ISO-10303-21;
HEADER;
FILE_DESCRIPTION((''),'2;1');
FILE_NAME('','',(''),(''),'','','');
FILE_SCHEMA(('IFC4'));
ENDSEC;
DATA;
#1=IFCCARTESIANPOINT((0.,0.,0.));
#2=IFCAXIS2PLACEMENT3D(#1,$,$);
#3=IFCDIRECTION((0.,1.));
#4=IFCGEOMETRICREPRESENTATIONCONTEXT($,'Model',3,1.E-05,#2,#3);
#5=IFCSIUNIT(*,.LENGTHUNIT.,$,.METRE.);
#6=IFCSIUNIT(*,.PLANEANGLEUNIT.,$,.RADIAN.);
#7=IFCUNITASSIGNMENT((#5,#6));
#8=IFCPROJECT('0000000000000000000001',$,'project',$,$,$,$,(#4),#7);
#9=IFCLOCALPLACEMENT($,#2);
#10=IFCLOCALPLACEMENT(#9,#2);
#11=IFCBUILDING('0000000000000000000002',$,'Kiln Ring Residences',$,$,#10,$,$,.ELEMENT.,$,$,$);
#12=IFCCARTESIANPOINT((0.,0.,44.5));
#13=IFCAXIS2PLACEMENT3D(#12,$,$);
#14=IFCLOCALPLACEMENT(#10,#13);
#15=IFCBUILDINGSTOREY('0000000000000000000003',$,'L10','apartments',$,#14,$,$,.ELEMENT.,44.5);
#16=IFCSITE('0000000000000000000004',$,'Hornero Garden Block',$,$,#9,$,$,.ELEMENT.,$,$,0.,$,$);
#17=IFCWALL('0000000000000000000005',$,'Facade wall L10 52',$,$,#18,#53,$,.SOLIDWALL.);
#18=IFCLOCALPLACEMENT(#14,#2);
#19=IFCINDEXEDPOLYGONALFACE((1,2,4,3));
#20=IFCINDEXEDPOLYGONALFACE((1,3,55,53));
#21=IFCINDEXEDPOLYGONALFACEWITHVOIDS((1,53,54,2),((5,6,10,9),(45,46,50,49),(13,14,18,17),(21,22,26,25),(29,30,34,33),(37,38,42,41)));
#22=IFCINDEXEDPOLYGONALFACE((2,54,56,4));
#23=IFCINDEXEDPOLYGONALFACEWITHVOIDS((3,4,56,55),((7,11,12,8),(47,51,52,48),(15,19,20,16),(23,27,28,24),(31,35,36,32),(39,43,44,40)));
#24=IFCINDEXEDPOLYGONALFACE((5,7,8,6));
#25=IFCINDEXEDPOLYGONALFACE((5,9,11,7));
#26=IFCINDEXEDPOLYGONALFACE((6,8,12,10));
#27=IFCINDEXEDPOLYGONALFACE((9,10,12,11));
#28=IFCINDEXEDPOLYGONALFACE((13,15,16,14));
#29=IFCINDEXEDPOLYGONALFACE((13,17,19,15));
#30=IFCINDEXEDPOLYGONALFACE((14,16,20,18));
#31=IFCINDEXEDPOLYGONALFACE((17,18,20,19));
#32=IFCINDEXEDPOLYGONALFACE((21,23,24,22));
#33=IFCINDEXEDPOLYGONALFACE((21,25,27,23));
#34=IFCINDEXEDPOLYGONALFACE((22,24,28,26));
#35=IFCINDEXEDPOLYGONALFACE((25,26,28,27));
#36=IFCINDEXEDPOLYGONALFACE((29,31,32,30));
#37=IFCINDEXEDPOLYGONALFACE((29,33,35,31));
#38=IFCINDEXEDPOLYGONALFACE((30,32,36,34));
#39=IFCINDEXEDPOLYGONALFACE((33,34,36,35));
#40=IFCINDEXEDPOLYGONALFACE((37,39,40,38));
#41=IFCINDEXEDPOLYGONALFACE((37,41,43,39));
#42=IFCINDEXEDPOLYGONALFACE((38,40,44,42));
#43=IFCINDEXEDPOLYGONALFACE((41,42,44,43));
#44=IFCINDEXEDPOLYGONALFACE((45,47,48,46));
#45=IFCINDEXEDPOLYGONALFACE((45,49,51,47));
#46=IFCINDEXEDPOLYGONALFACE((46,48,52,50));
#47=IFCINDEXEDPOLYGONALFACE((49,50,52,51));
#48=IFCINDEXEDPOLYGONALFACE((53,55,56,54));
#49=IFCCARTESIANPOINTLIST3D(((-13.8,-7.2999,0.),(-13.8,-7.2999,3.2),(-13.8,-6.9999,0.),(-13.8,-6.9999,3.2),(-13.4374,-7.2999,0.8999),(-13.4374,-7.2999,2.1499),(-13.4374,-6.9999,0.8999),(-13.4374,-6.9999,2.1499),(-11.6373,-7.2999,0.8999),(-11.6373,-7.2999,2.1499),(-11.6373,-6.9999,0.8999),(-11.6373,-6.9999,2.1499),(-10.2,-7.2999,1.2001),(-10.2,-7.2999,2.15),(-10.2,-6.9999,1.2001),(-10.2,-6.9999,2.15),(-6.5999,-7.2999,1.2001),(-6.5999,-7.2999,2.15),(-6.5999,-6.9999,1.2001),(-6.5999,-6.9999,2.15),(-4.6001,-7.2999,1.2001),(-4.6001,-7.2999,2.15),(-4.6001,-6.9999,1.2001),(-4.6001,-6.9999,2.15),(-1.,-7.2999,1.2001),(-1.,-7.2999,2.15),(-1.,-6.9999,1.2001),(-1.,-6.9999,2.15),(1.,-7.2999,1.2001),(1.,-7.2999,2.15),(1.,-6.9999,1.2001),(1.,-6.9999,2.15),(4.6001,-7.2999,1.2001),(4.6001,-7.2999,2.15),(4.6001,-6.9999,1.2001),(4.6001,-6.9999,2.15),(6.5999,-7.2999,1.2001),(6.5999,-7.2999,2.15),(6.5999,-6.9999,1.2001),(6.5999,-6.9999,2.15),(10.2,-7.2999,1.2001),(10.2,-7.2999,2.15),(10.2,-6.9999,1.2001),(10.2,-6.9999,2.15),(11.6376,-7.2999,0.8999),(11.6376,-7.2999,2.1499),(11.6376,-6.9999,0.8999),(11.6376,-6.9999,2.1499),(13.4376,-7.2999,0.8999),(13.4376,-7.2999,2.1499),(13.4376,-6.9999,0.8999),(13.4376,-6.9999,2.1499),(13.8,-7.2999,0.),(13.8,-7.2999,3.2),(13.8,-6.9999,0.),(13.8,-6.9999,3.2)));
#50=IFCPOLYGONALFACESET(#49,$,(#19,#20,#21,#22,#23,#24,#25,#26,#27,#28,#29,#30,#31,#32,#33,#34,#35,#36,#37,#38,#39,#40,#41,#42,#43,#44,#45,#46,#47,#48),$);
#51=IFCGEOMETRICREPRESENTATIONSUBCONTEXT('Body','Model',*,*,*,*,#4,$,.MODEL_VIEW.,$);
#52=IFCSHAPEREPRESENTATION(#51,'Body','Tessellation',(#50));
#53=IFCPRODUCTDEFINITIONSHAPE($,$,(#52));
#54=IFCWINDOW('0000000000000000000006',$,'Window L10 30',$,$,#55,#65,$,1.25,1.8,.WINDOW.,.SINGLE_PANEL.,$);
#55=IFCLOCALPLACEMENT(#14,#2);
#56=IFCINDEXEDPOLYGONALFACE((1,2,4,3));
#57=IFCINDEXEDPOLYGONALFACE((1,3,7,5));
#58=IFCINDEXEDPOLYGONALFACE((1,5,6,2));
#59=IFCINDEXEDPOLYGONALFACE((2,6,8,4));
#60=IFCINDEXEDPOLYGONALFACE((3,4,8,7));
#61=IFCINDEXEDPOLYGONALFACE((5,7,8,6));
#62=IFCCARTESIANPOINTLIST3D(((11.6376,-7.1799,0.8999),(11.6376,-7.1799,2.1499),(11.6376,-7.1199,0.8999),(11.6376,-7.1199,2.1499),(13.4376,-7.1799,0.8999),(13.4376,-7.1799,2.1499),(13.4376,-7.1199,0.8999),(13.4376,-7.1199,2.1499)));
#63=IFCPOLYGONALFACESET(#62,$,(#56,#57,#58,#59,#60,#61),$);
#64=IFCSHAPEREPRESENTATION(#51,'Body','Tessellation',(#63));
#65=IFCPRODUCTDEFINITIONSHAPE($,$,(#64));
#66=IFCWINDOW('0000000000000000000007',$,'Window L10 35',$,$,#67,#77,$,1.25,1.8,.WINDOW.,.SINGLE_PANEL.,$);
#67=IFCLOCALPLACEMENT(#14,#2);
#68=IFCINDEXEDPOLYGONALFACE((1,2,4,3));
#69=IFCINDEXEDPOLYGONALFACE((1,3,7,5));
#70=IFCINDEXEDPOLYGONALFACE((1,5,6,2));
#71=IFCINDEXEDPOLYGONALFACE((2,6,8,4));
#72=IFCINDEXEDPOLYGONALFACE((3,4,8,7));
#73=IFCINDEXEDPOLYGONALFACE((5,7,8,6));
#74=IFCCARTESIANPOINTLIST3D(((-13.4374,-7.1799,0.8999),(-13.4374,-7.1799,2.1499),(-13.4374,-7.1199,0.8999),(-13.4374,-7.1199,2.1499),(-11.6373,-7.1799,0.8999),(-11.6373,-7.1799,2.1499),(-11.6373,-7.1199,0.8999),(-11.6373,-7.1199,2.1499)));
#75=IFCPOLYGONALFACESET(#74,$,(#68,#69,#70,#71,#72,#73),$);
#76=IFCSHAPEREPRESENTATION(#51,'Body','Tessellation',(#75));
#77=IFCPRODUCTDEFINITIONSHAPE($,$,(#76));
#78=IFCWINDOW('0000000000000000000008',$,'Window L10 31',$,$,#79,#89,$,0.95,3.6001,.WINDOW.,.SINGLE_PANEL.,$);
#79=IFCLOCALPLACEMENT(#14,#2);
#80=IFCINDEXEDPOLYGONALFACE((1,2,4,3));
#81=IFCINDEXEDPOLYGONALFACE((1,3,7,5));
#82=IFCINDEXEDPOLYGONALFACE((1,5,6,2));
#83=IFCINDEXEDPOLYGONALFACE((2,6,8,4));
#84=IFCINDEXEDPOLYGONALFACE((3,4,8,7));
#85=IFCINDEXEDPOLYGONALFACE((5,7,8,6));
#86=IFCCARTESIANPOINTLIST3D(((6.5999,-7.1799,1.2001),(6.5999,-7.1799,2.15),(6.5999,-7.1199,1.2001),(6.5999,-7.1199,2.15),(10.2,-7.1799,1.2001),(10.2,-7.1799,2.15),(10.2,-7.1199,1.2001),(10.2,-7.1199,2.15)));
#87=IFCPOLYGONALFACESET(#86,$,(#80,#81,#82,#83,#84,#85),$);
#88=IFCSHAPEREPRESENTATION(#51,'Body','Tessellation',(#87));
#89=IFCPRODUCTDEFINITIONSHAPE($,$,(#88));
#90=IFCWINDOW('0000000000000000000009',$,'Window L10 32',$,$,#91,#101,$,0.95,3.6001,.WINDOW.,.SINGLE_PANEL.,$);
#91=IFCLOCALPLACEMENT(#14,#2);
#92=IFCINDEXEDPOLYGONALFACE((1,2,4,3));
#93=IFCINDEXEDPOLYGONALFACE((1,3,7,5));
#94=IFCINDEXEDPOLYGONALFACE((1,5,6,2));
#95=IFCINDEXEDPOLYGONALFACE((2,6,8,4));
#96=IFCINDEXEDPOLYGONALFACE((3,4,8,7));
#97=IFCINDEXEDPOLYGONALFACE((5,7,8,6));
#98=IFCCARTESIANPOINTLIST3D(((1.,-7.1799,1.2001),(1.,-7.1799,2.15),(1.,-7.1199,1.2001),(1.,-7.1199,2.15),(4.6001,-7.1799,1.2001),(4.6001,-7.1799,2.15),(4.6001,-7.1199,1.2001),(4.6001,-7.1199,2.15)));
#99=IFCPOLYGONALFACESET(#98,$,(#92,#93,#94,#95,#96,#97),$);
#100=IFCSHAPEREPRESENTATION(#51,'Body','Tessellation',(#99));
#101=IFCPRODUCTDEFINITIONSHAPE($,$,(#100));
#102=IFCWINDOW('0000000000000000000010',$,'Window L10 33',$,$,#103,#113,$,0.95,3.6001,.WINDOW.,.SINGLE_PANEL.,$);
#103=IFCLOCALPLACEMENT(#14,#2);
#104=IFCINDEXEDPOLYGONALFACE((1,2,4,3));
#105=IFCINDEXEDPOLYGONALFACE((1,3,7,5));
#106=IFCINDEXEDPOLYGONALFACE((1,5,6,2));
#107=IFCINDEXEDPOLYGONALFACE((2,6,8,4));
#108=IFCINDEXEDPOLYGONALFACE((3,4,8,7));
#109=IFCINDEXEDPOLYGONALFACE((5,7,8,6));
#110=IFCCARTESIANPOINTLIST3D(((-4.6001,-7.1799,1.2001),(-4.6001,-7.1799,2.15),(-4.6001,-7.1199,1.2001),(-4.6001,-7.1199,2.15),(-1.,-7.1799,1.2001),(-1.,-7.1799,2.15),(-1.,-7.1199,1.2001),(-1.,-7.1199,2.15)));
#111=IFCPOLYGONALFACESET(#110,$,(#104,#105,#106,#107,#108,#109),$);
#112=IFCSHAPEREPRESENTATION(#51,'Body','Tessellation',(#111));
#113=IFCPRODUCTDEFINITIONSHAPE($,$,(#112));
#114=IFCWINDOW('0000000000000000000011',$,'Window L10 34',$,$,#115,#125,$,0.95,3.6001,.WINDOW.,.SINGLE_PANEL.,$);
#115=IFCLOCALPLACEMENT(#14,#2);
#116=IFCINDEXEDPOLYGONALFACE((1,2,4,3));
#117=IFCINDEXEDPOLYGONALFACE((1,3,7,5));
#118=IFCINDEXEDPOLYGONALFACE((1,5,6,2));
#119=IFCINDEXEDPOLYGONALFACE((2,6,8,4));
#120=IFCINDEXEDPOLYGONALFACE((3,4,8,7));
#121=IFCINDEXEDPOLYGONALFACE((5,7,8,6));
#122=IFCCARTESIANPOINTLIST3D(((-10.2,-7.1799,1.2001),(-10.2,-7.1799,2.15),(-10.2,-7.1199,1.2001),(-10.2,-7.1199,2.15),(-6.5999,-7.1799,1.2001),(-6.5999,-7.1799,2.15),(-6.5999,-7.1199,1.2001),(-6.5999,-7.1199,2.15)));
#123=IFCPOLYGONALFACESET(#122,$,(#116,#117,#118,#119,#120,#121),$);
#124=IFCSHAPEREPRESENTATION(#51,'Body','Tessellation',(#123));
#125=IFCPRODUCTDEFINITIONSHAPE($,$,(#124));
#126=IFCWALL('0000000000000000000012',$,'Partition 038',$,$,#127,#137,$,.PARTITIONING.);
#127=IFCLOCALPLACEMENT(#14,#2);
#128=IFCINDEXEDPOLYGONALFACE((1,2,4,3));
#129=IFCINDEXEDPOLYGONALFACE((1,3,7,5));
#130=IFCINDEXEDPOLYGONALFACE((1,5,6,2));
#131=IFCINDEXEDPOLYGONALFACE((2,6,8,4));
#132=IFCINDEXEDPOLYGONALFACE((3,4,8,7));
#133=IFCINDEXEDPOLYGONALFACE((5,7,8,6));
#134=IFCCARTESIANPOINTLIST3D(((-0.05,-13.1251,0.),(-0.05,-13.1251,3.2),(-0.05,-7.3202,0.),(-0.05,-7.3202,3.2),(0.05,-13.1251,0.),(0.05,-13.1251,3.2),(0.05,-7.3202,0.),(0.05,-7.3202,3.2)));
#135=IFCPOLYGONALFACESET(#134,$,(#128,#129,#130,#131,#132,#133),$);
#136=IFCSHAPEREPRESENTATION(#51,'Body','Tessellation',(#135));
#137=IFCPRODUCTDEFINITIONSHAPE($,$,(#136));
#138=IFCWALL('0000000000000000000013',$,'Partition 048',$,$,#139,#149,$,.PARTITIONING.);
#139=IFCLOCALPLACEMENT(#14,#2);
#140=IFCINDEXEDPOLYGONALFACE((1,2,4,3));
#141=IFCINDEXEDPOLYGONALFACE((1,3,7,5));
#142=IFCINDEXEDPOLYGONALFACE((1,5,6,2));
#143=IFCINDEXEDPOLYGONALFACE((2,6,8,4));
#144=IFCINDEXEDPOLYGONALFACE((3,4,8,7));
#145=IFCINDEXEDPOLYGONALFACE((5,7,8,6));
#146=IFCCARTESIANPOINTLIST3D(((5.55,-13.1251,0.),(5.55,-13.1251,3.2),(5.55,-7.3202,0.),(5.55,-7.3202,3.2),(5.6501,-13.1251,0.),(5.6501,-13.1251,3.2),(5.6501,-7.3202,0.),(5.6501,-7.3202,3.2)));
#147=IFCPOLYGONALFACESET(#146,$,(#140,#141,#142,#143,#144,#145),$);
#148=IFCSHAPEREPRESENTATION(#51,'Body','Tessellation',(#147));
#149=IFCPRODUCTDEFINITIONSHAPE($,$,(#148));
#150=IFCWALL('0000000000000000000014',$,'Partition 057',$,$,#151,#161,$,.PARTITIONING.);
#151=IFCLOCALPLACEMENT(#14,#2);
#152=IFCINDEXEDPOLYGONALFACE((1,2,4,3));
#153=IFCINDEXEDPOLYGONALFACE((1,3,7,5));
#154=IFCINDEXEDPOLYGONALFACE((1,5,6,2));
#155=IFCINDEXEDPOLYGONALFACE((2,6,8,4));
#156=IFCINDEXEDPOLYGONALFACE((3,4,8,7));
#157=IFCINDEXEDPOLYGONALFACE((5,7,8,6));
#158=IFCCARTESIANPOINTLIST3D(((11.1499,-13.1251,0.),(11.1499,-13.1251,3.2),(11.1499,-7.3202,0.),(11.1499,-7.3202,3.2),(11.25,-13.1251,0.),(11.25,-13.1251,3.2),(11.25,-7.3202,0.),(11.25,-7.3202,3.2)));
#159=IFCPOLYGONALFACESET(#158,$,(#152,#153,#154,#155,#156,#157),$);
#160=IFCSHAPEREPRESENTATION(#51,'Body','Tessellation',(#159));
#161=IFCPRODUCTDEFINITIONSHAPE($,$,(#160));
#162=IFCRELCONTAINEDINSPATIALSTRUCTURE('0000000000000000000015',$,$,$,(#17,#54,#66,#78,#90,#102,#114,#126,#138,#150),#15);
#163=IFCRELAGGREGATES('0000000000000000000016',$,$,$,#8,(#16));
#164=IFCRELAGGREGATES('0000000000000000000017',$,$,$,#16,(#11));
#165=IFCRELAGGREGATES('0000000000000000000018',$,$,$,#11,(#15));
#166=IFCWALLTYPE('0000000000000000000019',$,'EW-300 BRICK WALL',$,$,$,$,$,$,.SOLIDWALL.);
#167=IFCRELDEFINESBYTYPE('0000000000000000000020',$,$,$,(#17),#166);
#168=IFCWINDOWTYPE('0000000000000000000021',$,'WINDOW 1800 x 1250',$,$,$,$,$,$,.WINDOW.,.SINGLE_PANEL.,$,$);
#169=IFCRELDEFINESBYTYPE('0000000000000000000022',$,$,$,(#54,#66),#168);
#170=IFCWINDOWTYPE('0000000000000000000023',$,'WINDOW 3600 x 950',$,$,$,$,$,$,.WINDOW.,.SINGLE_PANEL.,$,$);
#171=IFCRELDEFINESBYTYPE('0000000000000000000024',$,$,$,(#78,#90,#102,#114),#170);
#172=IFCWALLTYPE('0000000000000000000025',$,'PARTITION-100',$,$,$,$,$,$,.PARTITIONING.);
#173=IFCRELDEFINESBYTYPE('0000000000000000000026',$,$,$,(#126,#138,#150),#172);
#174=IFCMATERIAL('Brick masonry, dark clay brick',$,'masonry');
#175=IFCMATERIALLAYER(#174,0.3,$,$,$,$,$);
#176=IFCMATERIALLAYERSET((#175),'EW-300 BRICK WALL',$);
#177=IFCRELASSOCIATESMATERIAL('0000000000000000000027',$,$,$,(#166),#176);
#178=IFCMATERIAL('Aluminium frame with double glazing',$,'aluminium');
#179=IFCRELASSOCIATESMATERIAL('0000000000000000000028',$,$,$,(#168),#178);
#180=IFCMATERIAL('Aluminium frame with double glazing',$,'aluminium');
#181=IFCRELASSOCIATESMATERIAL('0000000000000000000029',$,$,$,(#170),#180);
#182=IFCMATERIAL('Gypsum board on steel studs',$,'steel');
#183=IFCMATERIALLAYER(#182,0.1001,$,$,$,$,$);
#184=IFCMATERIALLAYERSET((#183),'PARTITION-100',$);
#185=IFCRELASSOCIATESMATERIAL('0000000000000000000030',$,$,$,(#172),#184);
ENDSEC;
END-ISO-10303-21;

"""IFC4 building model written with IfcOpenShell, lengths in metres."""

from ifc_helpers import new_model, si_unit, direction, frame, frame_2d, origin, place, context, subcontext, project, spatial, rectangle, extrude, material, layer, layer_set, type_object, element, fill, save


model = new_model("IFC4")

# Units and contexts
model_context = context("Model", 3, precision=1e-05, world=origin(), true_north=direction((0.0, 1.0)))
body_context = subcontext(model_context, "Body", "Model", "MODEL_VIEW")
ifc_project = project(units=[si_unit("LENGTHUNIT", "METRE"), si_unit("PLANEANGLEUNIT", "RADIAN")], contexts=[model_context])

# Site, building, storey
site_placement = place(None, origin())
site = spatial("IfcSite", under=ifc_project, at=site_placement, Name="Hornero Garden Block", CompositionType="ELEMENT", RefElevation=0.0)
building_placement = place(site_placement, origin())
building = spatial("IfcBuilding", under=site, at=building_placement, Name="Kiln Ring Residences", CompositionType="ELEMENT")
storey_placement = place(building_placement, frame((0.0, 0.0, 44.5)))
storey = spatial("IfcBuildingStorey", under=building, at=storey_placement, Name="L10", Description="apartments", CompositionType="ELEMENT", Elevation=44.5)

# Wall, openings, windows
ifc_material_1 = material(Name="Brick masonry, dark clay brick", Category="masonry")
ifc_layer_1 = layer(ifc_material_1, 0.3)
ifc_layer_set_1 = layer_set([ifc_layer_1], Name="EW-300 BRICK WALL")
wall_type_1 = type_object("IfcWallType", Name="EW-300 BRICK WALL", PredefinedType="SOLIDWALL", material=ifc_layer_set_1)
wall_1_placement = place(storey_placement, frame((13.8, -7.1499, 0.0), z_axis=(0.0, 0.0, 1.0), x_axis=(-1.0, 0.0, 0.0)))
wall_1 = element("IfcWall", 1, at=wall_1_placement, inside=storey, type_object=wall_type_1, Name="Facade wall L10 52", PredefinedType="SOLIDWALL", context=body_context, shape_type="SweptSolid", body=[
    extrude(rectangle(XDim=27.6001, YDim=0.3, at=frame_2d((13.8, 0.0))), origin(), (0.0, 0.0, 1.0), 3.2),
])
opening_1_placement = place(wall_1_placement, frame((0.3625, 0.0, 0.8999)))
opening_1 = element("IfcOpeningElement", 2, at=opening_1_placement, cuts=wall_1, PredefinedType="OPENING", context=body_context, shape_type="SweptSolid", body=[
    extrude(rectangle(XDim=1.8, YDim=1.25, at=frame_2d((0.8999, 0.625))), frame((0.0, 0.1599, 0.0), z_axis=(0.0, -1.0, 0.0), x_axis=(1.0, 0.0, 0.0)), (0.0, 0.0, 1.0), 0.3201),
])
opening_2_placement = place(wall_1_placement, frame((3.6001, 0.0, 1.2)))
opening_2 = element("IfcOpeningElement", 3, at=opening_2_placement, cuts=wall_1, PredefinedType="OPENING", context=body_context, shape_type="SweptSolid", body=[
    extrude(rectangle(XDim=3.6001, YDim=0.95, at=frame_2d((1.8, 0.4751))), frame((0.0, 0.1599, 0.0), z_axis=(0.0, -1.0, 0.0), x_axis=(1.0, 0.0, 0.0)), (0.0, 0.0, 1.0), 0.3201),
])
opening_3_placement = place(wall_1_placement, frame((9.2, 0.0, 1.2)))
opening_3 = element("IfcOpeningElement", 4, at=opening_3_placement, cuts=wall_1, PredefinedType="OPENING", context=body_context, shape_type="SweptSolid", body=[
    extrude(rectangle(XDim=3.6001, YDim=0.95, at=frame_2d((1.8, 0.4751))), frame((0.0, 0.1599, 0.0), z_axis=(0.0, -1.0, 0.0), x_axis=(1.0, 0.0, 0.0)), (0.0, 0.0, 1.0), 0.3201),
])
opening_4_placement = place(wall_1_placement, frame((14.8, 0.0, 1.2)))
opening_4 = element("IfcOpeningElement", 5, at=opening_4_placement, cuts=wall_1, PredefinedType="OPENING", context=body_context, shape_type="SweptSolid", body=[
    extrude(rectangle(XDim=3.6001, YDim=0.95, at=frame_2d((1.8, 0.4751))), frame((0.0, 0.1599, 0.0), z_axis=(0.0, -1.0, 0.0), x_axis=(1.0, 0.0, 0.0)), (0.0, 0.0, 1.0), 0.3201),
])
opening_5_placement = place(wall_1_placement, frame((20.3999, 0.0, 1.2)))
opening_5 = element("IfcOpeningElement", 6, at=opening_5_placement, cuts=wall_1, PredefinedType="OPENING", context=body_context, shape_type="SweptSolid", body=[
    extrude(rectangle(XDim=3.6001, YDim=0.95, at=frame_2d((1.8, 0.4751))), frame((0.0, 0.1599, 0.0), z_axis=(0.0, -1.0, 0.0), x_axis=(1.0, 0.0, 0.0)), (0.0, 0.0, 1.0), 0.3201),
])
opening_6_placement = place(wall_1_placement, frame((25.4375, 0.0, 0.8999)))
opening_6 = element("IfcOpeningElement", 7, at=opening_6_placement, cuts=wall_1, PredefinedType="OPENING", context=body_context, shape_type="SweptSolid", body=[
    extrude(rectangle(XDim=1.8, YDim=1.25, at=frame_2d((0.8999, 0.625))), frame((0.0, 0.1599, 0.0), z_axis=(0.0, -1.0, 0.0), x_axis=(1.0, 0.0, 0.0)), (0.0, 0.0, 1.0), 0.3201),
])
ifc_material_2 = material(Name="Aluminium frame with double glazing", Category="aluminium")
window_type_1 = type_object("IfcWindowType", Name="WINDOW 1800 x 1250", PartitioningType="SINGLE_PANEL", PredefinedType="WINDOW", material=ifc_material_2)
window_1_placement = place(opening_1_placement, origin())
window_1 = element("IfcWindow", 8, at=window_1_placement, inside=storey, type_object=window_type_1, Name="Window L10 30", OverallHeight=1.25, OverallWidth=1.8, PartitioningType="SINGLE_PANEL", PredefinedType="WINDOW", context=body_context, shape_type="SweptSolid", body=[
    extrude(rectangle(XDim=1.8, YDim=1.25, at=frame_2d((0.8999, 0.625))), frame((0.0, 0.03, 0.0), z_axis=(0.0, -1.0, 0.0), x_axis=(1.0, 0.0, 0.0)), (0.0, 0.0, 1.0), 0.0601),
])
fill(opening_1, window_1)
window_2_placement = place(opening_6_placement, origin())
window_2 = element("IfcWindow", 9, at=window_2_placement, inside=storey, type_object=window_type_1, Name="Window L10 35", OverallHeight=1.25, OverallWidth=1.8, PartitioningType="SINGLE_PANEL", PredefinedType="WINDOW", context=body_context, shape_type="SweptSolid", body=[
    extrude(rectangle(XDim=1.8, YDim=1.25, at=frame_2d((0.8999, 0.625))), frame((0.0, 0.03, 0.0), z_axis=(0.0, -1.0, 0.0), x_axis=(1.0, 0.0, 0.0)), (0.0, 0.0, 1.0), 0.0601),
])
fill(opening_6, window_2)
ifc_material_3 = material(Name="Aluminium frame with double glazing", Category="aluminium")
window_type_2 = type_object("IfcWindowType", Name="WINDOW 3600 x 950", PartitioningType="SINGLE_PANEL", PredefinedType="WINDOW", material=ifc_material_3)
window_3_placement = place(opening_2_placement, origin())
window_3 = element("IfcWindow", 10, at=window_3_placement, inside=storey, type_object=window_type_2, Name="Window L10 31", OverallHeight=0.95, OverallWidth=3.6001, PartitioningType="SINGLE_PANEL", PredefinedType="WINDOW", context=body_context, shape_type="SweptSolid", body=[
    extrude(rectangle(XDim=3.6001, YDim=0.95, at=frame_2d((1.8, 0.4751))), frame((0.0, 0.03, 0.0), z_axis=(0.0, -1.0, 0.0), x_axis=(1.0, 0.0, 0.0)), (0.0, 0.0, 1.0), 0.0601),
])
fill(opening_2, window_3)
window_4_placement = place(opening_3_placement, origin())
window_4 = element("IfcWindow", 11, at=window_4_placement, inside=storey, type_object=window_type_2, Name="Window L10 32", OverallHeight=0.95, OverallWidth=3.6001, PartitioningType="SINGLE_PANEL", PredefinedType="WINDOW", context=body_context, shape_type="SweptSolid", body=[
    extrude(rectangle(XDim=3.6001, YDim=0.95, at=frame_2d((1.8, 0.4751))), frame((0.0, 0.03, 0.0), z_axis=(0.0, -1.0, 0.0), x_axis=(1.0, 0.0, 0.0)), (0.0, 0.0, 1.0), 0.0601),
])
fill(opening_3, window_4)
window_5_placement = place(opening_4_placement, origin())
window_5 = element("IfcWindow", 12, at=window_5_placement, inside=storey, type_object=window_type_2, Name="Window L10 33", OverallHeight=0.95, OverallWidth=3.6001, PartitioningType="SINGLE_PANEL", PredefinedType="WINDOW", context=body_context, shape_type="SweptSolid", body=[
    extrude(rectangle(XDim=3.6001, YDim=0.95, at=frame_2d((1.8, 0.4751))), frame((0.0, 0.03, 0.0), z_axis=(0.0, -1.0, 0.0), x_axis=(1.0, 0.0, 0.0)), (0.0, 0.0, 1.0), 0.0601),
])
fill(opening_4, window_5)
window_6_placement = place(opening_5_placement, origin())
window_6 = element("IfcWindow", 13, at=window_6_placement, inside=storey, type_object=window_type_2, Name="Window L10 34", OverallHeight=0.95, OverallWidth=3.6001, PartitioningType="SINGLE_PANEL", PredefinedType="WINDOW", context=body_context, shape_type="SweptSolid", body=[
    extrude(rectangle(XDim=3.6001, YDim=0.95, at=frame_2d((1.8, 0.4751))), frame((0.0, 0.03, 0.0), z_axis=(0.0, -1.0, 0.0), x_axis=(1.0, 0.0, 0.0)), (0.0, 0.0, 1.0), 0.0601),
])
fill(opening_5, window_6)

# Walls
ifc_material_4 = material(Name="Gypsum board on steel studs", Category="steel")
ifc_layer_2 = layer(ifc_material_4, 0.1001)
ifc_layer_set_2 = layer_set([ifc_layer_2], Name="PARTITION-100")
wall_type_2 = type_object("IfcWallType", Name="PARTITION-100", PredefinedType="PARTITIONING", material=ifc_layer_set_2)
for number, where, z_axis, x_axis, name in (
    (14, (0.0, -13.125, 0.0), (0.0, 0.0, 1.0), (0.0, 1.0, 0.0), "Partition 038"),
    (15, (5.6001, -13.125, 0.0), (0.0, 0.0, 1.0), (0.0, 1.0, 0.0), "Partition 048"),
    (16, (11.2, -13.125, 0.0), (0.0, 0.0, 1.0), (0.0, 1.0, 0.0), "Partition 057"),
):
    element("IfcWall", number, at=place(storey_placement, frame(where, z_axis=z_axis, x_axis=x_axis)), inside=storey, type_object=wall_type_2, Name=name, PredefinedType="PARTITIONING", context=body_context, shape_type="SweptSolid", body=[
        extrude(rectangle(XDim=5.8049, YDim=0.1001, at=frame_2d((2.9023, 0.0))), origin(), (0.0, 0.0, 1.0), 3.2),
    ])

save(model, "model.ifc")
